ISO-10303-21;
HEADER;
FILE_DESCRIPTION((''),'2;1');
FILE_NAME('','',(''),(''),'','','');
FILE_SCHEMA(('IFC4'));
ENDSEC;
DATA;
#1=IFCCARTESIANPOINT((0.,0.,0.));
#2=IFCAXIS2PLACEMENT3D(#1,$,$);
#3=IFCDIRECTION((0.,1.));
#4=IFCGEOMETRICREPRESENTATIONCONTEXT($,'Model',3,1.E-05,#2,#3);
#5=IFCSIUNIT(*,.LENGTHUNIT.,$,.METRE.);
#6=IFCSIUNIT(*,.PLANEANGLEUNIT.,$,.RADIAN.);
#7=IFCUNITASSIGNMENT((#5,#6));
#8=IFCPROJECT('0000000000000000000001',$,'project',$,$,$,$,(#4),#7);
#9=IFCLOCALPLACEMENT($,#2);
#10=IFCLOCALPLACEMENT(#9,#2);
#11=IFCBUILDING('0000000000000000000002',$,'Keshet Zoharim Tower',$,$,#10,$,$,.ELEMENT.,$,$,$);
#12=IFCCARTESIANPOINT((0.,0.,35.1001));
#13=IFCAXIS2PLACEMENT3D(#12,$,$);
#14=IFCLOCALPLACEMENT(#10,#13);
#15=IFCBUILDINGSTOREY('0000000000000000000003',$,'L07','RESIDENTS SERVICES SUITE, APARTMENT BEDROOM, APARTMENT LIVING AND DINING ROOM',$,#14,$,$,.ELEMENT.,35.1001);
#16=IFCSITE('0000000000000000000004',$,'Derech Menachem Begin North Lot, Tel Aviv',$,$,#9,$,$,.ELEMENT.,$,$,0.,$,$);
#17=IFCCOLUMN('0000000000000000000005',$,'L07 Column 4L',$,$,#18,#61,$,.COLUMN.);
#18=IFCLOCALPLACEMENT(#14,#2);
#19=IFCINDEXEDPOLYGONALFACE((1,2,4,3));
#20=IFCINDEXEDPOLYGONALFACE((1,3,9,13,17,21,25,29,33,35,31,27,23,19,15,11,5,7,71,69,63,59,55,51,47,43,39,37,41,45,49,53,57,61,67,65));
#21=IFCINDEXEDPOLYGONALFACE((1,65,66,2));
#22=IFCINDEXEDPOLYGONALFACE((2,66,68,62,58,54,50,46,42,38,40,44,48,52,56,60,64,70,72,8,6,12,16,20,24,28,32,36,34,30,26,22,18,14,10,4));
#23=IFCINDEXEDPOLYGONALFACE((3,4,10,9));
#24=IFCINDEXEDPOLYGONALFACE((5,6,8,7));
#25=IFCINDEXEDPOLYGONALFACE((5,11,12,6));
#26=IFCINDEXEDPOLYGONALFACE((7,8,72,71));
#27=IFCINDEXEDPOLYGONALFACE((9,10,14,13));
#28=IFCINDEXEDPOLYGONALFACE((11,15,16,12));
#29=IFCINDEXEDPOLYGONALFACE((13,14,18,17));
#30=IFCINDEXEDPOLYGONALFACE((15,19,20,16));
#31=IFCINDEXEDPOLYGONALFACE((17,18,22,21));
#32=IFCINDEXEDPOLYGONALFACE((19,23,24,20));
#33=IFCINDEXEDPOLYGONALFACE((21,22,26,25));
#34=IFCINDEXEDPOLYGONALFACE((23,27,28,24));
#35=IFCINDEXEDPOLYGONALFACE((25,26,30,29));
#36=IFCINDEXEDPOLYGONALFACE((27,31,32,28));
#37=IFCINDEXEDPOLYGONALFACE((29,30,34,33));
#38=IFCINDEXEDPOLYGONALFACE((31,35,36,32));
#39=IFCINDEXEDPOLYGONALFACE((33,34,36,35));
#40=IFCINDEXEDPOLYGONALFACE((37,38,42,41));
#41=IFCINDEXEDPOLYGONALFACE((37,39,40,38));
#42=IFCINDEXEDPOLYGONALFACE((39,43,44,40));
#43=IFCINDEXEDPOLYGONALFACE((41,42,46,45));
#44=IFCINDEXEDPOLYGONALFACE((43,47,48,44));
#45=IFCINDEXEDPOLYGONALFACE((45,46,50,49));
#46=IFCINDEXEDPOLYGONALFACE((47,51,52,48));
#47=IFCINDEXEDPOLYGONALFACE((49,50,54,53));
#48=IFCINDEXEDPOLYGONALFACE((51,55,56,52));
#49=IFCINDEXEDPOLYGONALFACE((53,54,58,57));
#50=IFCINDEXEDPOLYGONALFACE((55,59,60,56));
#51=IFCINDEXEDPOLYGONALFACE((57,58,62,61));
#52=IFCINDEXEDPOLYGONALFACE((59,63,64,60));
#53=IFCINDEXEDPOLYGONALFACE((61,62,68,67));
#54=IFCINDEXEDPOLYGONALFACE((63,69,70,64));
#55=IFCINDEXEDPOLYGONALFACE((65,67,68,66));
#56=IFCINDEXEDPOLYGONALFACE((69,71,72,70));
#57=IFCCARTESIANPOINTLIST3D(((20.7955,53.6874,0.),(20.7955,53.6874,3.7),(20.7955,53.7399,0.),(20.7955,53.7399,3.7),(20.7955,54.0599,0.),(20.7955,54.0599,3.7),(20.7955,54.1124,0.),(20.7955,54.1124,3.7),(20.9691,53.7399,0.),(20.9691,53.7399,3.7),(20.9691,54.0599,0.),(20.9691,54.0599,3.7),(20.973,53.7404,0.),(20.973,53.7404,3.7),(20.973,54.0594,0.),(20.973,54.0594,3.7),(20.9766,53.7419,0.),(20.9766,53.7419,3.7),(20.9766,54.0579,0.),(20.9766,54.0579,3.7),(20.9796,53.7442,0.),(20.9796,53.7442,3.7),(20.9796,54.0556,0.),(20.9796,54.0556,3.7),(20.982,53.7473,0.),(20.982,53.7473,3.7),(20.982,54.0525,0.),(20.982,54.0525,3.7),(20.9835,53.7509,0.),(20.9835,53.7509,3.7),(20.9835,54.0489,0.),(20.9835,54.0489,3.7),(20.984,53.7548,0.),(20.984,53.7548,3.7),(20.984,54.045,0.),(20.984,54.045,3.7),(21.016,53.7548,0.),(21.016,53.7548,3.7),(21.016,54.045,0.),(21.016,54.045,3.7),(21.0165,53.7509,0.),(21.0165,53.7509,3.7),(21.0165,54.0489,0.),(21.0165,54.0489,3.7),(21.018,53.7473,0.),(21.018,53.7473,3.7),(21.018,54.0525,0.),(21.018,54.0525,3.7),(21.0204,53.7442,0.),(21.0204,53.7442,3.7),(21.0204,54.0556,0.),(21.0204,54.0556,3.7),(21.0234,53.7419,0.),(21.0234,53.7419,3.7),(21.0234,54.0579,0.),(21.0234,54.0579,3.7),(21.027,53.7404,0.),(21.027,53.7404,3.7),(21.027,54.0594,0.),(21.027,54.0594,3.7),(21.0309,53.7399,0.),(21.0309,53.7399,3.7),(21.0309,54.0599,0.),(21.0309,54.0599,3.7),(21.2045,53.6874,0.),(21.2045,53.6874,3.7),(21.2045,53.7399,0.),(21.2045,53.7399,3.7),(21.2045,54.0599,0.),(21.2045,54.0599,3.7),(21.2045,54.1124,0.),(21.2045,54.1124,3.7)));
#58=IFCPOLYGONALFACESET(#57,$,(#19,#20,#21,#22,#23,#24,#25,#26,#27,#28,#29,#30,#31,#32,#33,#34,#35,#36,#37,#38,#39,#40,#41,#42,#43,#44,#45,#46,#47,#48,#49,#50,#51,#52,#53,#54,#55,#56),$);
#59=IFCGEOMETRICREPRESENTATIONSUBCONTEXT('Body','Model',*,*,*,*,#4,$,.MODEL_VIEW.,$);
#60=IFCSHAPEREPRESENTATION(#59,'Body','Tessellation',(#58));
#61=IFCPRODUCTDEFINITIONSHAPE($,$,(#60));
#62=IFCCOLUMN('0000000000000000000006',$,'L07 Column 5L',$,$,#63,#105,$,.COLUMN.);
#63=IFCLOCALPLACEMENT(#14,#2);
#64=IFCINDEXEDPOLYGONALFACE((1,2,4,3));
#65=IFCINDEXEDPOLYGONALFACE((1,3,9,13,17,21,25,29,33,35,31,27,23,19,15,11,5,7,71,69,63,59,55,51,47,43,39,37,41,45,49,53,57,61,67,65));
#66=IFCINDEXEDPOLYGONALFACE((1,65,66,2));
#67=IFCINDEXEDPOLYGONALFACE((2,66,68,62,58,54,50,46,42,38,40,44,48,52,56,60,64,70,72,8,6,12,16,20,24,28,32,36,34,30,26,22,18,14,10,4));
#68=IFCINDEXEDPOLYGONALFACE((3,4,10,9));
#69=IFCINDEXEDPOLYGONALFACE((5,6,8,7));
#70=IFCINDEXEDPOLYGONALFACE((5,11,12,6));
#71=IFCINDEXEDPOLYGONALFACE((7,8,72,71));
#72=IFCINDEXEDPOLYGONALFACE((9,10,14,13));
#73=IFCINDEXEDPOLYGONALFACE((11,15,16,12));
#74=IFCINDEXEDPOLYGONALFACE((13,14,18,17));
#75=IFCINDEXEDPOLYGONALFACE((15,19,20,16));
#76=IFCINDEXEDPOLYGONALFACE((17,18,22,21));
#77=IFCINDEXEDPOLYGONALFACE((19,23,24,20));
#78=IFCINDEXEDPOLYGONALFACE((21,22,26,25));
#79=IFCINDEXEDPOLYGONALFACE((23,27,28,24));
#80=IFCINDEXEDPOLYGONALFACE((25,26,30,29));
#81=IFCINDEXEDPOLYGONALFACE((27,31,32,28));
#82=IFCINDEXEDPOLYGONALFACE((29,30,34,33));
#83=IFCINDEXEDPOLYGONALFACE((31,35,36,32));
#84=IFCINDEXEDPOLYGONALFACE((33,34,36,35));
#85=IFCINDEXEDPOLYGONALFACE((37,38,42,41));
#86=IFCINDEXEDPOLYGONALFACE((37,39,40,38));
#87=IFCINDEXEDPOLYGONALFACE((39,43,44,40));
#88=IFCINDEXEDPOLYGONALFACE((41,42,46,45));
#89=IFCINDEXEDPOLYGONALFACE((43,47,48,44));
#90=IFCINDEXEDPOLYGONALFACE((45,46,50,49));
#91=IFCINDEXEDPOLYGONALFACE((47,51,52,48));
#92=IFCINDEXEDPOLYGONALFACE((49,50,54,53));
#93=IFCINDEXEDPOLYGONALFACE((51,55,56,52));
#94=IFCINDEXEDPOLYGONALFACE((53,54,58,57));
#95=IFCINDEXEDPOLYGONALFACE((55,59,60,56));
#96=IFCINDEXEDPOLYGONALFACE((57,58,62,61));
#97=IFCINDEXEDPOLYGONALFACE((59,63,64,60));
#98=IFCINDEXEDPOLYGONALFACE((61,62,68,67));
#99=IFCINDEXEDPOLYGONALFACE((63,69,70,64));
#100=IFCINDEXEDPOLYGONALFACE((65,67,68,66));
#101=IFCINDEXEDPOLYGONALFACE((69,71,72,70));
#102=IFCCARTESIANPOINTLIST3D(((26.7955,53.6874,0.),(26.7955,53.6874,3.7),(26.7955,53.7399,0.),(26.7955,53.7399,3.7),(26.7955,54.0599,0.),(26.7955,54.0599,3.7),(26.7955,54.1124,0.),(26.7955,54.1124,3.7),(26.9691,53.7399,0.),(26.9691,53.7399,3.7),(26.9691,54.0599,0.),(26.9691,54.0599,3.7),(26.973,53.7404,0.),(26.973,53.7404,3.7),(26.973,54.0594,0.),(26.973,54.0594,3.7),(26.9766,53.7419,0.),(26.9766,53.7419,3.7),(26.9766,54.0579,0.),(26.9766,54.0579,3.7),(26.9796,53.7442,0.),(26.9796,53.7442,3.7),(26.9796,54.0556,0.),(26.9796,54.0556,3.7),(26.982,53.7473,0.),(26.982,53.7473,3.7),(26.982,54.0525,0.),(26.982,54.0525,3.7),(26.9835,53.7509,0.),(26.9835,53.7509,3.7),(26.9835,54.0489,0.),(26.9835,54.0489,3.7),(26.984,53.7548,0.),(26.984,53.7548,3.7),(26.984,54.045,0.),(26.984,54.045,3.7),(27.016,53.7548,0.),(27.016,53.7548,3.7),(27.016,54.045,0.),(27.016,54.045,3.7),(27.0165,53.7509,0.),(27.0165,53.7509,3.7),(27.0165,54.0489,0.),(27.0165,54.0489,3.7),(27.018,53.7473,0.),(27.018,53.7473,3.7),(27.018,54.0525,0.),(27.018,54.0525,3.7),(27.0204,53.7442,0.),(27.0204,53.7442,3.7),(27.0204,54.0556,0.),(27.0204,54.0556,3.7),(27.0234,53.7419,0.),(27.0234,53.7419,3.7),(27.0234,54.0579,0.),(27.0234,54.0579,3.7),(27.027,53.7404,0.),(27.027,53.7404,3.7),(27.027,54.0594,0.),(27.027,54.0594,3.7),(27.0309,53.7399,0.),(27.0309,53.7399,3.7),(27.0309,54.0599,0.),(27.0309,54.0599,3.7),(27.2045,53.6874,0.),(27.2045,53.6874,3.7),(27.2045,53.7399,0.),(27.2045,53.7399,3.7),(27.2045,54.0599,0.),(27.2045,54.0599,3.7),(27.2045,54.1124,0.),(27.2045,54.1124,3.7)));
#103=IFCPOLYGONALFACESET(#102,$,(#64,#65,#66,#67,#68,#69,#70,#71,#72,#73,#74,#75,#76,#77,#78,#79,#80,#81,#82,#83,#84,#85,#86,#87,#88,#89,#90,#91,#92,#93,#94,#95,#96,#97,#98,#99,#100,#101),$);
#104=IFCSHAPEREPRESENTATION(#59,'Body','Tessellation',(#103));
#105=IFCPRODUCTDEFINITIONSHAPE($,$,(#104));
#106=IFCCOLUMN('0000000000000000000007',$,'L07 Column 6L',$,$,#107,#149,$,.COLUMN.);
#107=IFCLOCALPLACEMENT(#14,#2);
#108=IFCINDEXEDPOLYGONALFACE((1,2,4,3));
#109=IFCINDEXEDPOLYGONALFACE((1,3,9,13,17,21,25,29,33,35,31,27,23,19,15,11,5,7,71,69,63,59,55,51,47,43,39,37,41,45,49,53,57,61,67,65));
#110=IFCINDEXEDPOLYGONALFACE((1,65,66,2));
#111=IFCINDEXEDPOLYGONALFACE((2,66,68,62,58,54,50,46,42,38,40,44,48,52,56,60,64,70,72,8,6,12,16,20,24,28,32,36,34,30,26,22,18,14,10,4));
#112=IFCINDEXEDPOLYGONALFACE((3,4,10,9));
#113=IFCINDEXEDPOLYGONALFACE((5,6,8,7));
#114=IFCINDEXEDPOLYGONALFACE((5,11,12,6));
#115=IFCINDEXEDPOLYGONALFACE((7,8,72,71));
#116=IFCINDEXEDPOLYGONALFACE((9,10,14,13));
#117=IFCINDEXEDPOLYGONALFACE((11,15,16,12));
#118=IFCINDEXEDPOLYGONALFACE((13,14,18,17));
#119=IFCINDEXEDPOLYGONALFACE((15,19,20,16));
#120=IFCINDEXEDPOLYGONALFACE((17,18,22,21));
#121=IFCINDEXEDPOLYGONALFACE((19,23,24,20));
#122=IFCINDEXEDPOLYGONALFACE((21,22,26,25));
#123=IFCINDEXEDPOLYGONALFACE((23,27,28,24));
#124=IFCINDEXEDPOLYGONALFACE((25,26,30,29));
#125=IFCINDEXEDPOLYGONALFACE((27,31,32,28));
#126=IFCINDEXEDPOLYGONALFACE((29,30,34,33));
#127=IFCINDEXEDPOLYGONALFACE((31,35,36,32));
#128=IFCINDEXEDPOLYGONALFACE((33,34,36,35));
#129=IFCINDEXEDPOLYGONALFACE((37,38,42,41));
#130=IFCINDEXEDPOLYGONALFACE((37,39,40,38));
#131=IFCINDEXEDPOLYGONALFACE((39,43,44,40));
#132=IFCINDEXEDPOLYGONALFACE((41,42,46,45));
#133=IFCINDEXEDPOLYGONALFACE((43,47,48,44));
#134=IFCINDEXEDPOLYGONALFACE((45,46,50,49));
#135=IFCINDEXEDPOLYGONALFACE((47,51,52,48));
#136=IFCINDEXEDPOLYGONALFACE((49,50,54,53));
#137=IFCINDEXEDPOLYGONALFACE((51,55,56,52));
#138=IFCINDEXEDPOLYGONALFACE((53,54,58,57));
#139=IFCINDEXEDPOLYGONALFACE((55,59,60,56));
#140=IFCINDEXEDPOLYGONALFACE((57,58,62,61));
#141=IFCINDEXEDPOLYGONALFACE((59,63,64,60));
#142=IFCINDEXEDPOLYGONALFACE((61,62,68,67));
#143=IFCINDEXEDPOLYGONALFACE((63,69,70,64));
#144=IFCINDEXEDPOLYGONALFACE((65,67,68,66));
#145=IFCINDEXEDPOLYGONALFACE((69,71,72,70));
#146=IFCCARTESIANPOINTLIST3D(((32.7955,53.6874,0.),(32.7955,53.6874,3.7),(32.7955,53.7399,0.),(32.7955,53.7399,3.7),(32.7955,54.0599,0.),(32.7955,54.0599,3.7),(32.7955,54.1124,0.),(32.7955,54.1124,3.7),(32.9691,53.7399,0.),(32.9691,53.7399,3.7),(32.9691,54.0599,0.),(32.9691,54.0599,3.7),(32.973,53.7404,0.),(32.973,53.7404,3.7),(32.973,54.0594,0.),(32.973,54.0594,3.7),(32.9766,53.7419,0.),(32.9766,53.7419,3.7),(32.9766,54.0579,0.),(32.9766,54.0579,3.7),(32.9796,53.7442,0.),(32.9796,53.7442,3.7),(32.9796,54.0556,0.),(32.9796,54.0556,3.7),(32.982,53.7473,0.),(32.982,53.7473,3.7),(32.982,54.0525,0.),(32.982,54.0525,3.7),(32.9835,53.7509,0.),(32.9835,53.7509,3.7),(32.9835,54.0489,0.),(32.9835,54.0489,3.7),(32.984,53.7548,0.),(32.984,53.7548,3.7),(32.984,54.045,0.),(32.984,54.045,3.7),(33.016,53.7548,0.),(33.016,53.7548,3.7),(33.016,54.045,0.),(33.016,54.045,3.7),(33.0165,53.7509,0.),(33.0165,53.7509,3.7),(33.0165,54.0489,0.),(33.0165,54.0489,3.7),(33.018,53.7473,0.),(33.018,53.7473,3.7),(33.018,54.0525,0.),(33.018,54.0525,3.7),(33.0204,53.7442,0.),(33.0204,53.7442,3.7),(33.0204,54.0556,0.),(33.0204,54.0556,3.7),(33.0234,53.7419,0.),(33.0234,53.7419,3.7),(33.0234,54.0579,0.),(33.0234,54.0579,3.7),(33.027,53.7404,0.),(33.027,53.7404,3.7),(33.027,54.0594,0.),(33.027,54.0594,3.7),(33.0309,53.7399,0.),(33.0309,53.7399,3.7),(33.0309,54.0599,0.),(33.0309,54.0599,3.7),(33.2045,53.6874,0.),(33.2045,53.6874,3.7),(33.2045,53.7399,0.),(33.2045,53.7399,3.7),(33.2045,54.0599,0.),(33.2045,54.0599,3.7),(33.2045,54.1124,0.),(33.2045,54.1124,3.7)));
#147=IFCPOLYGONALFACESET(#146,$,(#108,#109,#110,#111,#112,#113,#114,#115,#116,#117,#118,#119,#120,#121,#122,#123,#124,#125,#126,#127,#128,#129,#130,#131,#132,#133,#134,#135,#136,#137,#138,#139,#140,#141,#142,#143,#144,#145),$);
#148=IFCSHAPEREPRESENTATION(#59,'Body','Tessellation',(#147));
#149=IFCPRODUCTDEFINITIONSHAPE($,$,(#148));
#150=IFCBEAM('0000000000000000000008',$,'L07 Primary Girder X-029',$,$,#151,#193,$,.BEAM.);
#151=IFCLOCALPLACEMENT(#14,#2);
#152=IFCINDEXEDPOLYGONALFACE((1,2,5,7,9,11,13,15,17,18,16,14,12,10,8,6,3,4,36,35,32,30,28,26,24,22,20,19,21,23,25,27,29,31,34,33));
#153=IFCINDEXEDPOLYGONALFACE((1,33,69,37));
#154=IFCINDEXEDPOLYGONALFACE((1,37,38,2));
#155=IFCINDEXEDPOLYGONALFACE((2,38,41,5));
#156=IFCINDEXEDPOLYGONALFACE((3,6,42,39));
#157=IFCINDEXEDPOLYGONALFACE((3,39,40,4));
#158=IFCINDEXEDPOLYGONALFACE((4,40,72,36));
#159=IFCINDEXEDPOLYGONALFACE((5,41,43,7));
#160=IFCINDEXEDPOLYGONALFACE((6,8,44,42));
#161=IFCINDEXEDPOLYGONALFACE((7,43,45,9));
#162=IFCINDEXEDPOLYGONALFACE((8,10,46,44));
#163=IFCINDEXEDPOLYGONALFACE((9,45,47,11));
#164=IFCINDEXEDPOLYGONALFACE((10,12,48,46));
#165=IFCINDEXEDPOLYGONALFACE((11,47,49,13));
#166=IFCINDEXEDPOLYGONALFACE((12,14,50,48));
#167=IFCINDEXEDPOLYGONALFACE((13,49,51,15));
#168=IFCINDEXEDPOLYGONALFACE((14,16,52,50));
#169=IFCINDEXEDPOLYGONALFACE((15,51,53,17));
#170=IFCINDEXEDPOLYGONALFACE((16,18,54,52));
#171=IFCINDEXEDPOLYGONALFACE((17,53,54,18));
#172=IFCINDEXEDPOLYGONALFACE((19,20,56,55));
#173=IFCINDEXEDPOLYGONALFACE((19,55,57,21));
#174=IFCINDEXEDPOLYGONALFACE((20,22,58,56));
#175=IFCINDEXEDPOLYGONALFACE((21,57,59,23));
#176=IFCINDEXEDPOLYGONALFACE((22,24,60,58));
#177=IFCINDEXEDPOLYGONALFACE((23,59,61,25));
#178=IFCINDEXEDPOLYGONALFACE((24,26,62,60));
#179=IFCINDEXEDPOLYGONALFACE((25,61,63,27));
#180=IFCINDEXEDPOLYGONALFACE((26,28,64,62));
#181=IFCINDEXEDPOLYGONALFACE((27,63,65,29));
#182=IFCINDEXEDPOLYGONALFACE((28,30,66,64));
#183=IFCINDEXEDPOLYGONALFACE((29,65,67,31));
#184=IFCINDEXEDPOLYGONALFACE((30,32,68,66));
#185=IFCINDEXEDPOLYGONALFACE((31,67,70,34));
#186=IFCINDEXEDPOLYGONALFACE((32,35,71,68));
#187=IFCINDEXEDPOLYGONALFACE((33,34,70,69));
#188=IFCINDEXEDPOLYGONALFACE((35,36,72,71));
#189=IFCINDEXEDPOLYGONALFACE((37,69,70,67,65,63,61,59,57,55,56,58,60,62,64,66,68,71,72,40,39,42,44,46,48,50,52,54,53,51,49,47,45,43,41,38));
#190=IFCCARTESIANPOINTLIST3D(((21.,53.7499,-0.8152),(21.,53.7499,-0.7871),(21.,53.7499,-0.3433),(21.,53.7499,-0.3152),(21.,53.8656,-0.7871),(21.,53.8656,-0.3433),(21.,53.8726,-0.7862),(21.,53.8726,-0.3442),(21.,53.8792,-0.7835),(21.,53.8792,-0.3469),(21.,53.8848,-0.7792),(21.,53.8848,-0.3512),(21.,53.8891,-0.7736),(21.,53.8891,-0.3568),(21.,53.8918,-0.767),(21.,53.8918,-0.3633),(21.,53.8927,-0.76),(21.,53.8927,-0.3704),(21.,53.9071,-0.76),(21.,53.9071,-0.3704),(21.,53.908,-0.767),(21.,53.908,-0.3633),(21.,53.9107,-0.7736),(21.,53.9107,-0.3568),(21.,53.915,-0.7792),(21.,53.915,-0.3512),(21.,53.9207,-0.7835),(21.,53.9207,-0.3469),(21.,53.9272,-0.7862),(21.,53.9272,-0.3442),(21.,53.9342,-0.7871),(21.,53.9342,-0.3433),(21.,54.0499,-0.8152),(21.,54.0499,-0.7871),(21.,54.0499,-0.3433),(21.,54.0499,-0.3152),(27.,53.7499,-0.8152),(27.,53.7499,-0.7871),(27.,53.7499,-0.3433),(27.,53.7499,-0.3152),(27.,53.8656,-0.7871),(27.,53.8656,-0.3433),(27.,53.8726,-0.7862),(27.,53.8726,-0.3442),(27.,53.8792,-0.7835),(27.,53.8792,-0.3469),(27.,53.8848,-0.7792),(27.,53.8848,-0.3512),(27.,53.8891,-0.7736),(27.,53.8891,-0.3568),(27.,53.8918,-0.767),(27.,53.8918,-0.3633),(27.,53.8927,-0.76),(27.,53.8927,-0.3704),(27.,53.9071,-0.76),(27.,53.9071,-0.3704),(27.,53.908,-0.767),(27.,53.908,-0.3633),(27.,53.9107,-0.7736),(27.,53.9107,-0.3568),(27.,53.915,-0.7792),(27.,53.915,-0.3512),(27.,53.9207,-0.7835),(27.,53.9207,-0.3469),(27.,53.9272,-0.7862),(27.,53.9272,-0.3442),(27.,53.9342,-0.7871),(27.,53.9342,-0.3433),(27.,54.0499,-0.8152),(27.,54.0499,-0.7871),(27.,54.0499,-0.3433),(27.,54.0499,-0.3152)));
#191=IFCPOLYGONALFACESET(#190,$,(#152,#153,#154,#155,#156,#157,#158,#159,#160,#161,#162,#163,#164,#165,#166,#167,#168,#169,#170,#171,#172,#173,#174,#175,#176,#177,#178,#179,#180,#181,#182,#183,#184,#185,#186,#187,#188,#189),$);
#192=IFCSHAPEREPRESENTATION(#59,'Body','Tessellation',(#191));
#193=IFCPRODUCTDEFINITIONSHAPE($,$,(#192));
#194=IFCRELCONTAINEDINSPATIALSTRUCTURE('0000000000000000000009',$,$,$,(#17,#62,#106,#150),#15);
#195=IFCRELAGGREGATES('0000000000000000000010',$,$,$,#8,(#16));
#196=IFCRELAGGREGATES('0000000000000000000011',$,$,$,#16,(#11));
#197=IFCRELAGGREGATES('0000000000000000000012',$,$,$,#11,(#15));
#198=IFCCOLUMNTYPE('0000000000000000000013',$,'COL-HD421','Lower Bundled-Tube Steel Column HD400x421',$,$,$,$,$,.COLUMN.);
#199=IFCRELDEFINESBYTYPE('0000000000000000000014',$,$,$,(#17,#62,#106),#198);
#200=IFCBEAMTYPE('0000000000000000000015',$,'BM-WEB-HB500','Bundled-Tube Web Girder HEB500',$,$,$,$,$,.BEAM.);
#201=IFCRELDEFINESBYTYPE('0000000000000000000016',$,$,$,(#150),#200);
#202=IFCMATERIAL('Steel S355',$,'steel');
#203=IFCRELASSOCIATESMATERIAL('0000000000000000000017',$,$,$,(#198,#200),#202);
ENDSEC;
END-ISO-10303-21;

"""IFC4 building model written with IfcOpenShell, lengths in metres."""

from ifc_helpers import new_model, si_unit, direction, frame, origin, origin_2d, place, context, subcontext, project, spatial, i_section, extrude, material, material_profile, profile_set, type_object, element, save


model = new_model("IFC4")

# Units and contexts
model_context = context("Model", 3, precision=1e-05, world=origin(), true_north=direction((0.0, 1.0)))
body_context = subcontext(model_context, "Body", "Model", "MODEL_VIEW")
ifc_project = project(units=[si_unit("LENGTHUNIT", "METRE"), si_unit("PLANEANGLEUNIT", "RADIAN")], contexts=[model_context])

# Site, building, storey
site_placement = place(None, origin())
site = spatial("IfcSite", under=ifc_project, at=site_placement, Name="Derech Menachem Begin North Lot, Tel Aviv", CompositionType="ELEMENT", RefElevation=0.0)
building_placement = place(site_placement, origin())
building = spatial("IfcBuilding", under=site, at=building_placement, Name="Keshet Zoharim Tower", CompositionType="ELEMENT")
storey_placement = place(building_placement, frame((0.0, 0.0, 35.1001)))
storey = spatial("IfcBuildingStorey", under=building, at=storey_placement, Name="L07", Description="RESIDENTS SERVICES SUITE, APARTMENT BEDROOM, APARTMENT LIVING AND DINING ROOM", CompositionType="ELEMENT", Elevation=35.1001)

# Columns
ifc_material_1 = material(Name="Steel S355", Category="steel")
ifc_material_profile_1 = material_profile(ifc_material_1, i_section(OverallWidth=0.4089, OverallDepth=0.425, WebThickness=0.032, FlangeThickness=0.0525, FilletRadius=0.0149, at=origin_2d()), Name="HD400x421")
ifc_profile_set_1 = profile_set([ifc_material_profile_1], Name="Steel S355")
column_type = type_object("IfcColumnType", Name="COL-HD421", Description="Lower Bundled-Tube Steel Column HD400x421", PredefinedType="COLUMN", material=ifc_profile_set_1)
for number, where, z_axis, x_axis, name in (
    (1, (21.0, 53.8999, 0.0), (0.0, 0.0, 1.0), (1.0, 0.0, 0.0), "L07 Column 4L"),
    (2, (27.0, 53.8999, 0.0), (0.0, 0.0, 1.0), (1.0, 0.0, 0.0), "L07 Column 5L"),
    (3, (33.0, 53.8999, 0.0), (0.0, 0.0, 1.0), (1.0, 0.0, 0.0), "L07 Column 6L"),
):
    element("IfcColumn", number, at=place(storey_placement, frame(where, z_axis=z_axis, x_axis=x_axis)), inside=storey, type_object=column_type, Name=name, PredefinedType="COLUMN", context=body_context, shape_type="SweptSolid", body=[
        extrude(i_section(OverallWidth=0.4089, OverallDepth=0.425, WebThickness=0.032, FlangeThickness=0.0525, FilletRadius=0.0149, at=origin_2d()), origin(), (0.0, 0.0, 1.0), 3.7),
    ])

# Beam
ifc_material_profile_2 = material_profile(ifc_material_1, i_section(OverallWidth=0.3, OverallDepth=0.5, WebThickness=0.0144, FlangeThickness=0.0281, FilletRadius=0.0271, at=origin_2d()), Name="HEB500")
ifc_profile_set_2 = profile_set([ifc_material_profile_2], Name="Steel S355")
beam_type = type_object("IfcBeamType", Name="BM-WEB-HB500", Description="Bundled-Tube Web Girder HEB500", PredefinedType="BEAM", material=ifc_profile_set_2)
for number, where, z_axis, x_axis, name in (
    (4, (21.0, 53.8999, -0.5652), (1.0, 0.0, 0.0), (0.0, 1.0, 0.0), "L07 Primary Girder X-029"),
):
    element("IfcBeam", number, at=place(storey_placement, frame(where, z_axis=z_axis, x_axis=x_axis)), inside=storey, type_object=beam_type, Name=name, PredefinedType="BEAM", context=body_context, shape_type="SweptSolid", body=[
        extrude(i_section(OverallWidth=0.3, OverallDepth=0.5, WebThickness=0.0144, FlangeThickness=0.0281, FilletRadius=0.0271, at=origin_2d()), origin(), (0.0, 0.0, 1.0), 6.0),
    ])

save(model, "model.ifc")
